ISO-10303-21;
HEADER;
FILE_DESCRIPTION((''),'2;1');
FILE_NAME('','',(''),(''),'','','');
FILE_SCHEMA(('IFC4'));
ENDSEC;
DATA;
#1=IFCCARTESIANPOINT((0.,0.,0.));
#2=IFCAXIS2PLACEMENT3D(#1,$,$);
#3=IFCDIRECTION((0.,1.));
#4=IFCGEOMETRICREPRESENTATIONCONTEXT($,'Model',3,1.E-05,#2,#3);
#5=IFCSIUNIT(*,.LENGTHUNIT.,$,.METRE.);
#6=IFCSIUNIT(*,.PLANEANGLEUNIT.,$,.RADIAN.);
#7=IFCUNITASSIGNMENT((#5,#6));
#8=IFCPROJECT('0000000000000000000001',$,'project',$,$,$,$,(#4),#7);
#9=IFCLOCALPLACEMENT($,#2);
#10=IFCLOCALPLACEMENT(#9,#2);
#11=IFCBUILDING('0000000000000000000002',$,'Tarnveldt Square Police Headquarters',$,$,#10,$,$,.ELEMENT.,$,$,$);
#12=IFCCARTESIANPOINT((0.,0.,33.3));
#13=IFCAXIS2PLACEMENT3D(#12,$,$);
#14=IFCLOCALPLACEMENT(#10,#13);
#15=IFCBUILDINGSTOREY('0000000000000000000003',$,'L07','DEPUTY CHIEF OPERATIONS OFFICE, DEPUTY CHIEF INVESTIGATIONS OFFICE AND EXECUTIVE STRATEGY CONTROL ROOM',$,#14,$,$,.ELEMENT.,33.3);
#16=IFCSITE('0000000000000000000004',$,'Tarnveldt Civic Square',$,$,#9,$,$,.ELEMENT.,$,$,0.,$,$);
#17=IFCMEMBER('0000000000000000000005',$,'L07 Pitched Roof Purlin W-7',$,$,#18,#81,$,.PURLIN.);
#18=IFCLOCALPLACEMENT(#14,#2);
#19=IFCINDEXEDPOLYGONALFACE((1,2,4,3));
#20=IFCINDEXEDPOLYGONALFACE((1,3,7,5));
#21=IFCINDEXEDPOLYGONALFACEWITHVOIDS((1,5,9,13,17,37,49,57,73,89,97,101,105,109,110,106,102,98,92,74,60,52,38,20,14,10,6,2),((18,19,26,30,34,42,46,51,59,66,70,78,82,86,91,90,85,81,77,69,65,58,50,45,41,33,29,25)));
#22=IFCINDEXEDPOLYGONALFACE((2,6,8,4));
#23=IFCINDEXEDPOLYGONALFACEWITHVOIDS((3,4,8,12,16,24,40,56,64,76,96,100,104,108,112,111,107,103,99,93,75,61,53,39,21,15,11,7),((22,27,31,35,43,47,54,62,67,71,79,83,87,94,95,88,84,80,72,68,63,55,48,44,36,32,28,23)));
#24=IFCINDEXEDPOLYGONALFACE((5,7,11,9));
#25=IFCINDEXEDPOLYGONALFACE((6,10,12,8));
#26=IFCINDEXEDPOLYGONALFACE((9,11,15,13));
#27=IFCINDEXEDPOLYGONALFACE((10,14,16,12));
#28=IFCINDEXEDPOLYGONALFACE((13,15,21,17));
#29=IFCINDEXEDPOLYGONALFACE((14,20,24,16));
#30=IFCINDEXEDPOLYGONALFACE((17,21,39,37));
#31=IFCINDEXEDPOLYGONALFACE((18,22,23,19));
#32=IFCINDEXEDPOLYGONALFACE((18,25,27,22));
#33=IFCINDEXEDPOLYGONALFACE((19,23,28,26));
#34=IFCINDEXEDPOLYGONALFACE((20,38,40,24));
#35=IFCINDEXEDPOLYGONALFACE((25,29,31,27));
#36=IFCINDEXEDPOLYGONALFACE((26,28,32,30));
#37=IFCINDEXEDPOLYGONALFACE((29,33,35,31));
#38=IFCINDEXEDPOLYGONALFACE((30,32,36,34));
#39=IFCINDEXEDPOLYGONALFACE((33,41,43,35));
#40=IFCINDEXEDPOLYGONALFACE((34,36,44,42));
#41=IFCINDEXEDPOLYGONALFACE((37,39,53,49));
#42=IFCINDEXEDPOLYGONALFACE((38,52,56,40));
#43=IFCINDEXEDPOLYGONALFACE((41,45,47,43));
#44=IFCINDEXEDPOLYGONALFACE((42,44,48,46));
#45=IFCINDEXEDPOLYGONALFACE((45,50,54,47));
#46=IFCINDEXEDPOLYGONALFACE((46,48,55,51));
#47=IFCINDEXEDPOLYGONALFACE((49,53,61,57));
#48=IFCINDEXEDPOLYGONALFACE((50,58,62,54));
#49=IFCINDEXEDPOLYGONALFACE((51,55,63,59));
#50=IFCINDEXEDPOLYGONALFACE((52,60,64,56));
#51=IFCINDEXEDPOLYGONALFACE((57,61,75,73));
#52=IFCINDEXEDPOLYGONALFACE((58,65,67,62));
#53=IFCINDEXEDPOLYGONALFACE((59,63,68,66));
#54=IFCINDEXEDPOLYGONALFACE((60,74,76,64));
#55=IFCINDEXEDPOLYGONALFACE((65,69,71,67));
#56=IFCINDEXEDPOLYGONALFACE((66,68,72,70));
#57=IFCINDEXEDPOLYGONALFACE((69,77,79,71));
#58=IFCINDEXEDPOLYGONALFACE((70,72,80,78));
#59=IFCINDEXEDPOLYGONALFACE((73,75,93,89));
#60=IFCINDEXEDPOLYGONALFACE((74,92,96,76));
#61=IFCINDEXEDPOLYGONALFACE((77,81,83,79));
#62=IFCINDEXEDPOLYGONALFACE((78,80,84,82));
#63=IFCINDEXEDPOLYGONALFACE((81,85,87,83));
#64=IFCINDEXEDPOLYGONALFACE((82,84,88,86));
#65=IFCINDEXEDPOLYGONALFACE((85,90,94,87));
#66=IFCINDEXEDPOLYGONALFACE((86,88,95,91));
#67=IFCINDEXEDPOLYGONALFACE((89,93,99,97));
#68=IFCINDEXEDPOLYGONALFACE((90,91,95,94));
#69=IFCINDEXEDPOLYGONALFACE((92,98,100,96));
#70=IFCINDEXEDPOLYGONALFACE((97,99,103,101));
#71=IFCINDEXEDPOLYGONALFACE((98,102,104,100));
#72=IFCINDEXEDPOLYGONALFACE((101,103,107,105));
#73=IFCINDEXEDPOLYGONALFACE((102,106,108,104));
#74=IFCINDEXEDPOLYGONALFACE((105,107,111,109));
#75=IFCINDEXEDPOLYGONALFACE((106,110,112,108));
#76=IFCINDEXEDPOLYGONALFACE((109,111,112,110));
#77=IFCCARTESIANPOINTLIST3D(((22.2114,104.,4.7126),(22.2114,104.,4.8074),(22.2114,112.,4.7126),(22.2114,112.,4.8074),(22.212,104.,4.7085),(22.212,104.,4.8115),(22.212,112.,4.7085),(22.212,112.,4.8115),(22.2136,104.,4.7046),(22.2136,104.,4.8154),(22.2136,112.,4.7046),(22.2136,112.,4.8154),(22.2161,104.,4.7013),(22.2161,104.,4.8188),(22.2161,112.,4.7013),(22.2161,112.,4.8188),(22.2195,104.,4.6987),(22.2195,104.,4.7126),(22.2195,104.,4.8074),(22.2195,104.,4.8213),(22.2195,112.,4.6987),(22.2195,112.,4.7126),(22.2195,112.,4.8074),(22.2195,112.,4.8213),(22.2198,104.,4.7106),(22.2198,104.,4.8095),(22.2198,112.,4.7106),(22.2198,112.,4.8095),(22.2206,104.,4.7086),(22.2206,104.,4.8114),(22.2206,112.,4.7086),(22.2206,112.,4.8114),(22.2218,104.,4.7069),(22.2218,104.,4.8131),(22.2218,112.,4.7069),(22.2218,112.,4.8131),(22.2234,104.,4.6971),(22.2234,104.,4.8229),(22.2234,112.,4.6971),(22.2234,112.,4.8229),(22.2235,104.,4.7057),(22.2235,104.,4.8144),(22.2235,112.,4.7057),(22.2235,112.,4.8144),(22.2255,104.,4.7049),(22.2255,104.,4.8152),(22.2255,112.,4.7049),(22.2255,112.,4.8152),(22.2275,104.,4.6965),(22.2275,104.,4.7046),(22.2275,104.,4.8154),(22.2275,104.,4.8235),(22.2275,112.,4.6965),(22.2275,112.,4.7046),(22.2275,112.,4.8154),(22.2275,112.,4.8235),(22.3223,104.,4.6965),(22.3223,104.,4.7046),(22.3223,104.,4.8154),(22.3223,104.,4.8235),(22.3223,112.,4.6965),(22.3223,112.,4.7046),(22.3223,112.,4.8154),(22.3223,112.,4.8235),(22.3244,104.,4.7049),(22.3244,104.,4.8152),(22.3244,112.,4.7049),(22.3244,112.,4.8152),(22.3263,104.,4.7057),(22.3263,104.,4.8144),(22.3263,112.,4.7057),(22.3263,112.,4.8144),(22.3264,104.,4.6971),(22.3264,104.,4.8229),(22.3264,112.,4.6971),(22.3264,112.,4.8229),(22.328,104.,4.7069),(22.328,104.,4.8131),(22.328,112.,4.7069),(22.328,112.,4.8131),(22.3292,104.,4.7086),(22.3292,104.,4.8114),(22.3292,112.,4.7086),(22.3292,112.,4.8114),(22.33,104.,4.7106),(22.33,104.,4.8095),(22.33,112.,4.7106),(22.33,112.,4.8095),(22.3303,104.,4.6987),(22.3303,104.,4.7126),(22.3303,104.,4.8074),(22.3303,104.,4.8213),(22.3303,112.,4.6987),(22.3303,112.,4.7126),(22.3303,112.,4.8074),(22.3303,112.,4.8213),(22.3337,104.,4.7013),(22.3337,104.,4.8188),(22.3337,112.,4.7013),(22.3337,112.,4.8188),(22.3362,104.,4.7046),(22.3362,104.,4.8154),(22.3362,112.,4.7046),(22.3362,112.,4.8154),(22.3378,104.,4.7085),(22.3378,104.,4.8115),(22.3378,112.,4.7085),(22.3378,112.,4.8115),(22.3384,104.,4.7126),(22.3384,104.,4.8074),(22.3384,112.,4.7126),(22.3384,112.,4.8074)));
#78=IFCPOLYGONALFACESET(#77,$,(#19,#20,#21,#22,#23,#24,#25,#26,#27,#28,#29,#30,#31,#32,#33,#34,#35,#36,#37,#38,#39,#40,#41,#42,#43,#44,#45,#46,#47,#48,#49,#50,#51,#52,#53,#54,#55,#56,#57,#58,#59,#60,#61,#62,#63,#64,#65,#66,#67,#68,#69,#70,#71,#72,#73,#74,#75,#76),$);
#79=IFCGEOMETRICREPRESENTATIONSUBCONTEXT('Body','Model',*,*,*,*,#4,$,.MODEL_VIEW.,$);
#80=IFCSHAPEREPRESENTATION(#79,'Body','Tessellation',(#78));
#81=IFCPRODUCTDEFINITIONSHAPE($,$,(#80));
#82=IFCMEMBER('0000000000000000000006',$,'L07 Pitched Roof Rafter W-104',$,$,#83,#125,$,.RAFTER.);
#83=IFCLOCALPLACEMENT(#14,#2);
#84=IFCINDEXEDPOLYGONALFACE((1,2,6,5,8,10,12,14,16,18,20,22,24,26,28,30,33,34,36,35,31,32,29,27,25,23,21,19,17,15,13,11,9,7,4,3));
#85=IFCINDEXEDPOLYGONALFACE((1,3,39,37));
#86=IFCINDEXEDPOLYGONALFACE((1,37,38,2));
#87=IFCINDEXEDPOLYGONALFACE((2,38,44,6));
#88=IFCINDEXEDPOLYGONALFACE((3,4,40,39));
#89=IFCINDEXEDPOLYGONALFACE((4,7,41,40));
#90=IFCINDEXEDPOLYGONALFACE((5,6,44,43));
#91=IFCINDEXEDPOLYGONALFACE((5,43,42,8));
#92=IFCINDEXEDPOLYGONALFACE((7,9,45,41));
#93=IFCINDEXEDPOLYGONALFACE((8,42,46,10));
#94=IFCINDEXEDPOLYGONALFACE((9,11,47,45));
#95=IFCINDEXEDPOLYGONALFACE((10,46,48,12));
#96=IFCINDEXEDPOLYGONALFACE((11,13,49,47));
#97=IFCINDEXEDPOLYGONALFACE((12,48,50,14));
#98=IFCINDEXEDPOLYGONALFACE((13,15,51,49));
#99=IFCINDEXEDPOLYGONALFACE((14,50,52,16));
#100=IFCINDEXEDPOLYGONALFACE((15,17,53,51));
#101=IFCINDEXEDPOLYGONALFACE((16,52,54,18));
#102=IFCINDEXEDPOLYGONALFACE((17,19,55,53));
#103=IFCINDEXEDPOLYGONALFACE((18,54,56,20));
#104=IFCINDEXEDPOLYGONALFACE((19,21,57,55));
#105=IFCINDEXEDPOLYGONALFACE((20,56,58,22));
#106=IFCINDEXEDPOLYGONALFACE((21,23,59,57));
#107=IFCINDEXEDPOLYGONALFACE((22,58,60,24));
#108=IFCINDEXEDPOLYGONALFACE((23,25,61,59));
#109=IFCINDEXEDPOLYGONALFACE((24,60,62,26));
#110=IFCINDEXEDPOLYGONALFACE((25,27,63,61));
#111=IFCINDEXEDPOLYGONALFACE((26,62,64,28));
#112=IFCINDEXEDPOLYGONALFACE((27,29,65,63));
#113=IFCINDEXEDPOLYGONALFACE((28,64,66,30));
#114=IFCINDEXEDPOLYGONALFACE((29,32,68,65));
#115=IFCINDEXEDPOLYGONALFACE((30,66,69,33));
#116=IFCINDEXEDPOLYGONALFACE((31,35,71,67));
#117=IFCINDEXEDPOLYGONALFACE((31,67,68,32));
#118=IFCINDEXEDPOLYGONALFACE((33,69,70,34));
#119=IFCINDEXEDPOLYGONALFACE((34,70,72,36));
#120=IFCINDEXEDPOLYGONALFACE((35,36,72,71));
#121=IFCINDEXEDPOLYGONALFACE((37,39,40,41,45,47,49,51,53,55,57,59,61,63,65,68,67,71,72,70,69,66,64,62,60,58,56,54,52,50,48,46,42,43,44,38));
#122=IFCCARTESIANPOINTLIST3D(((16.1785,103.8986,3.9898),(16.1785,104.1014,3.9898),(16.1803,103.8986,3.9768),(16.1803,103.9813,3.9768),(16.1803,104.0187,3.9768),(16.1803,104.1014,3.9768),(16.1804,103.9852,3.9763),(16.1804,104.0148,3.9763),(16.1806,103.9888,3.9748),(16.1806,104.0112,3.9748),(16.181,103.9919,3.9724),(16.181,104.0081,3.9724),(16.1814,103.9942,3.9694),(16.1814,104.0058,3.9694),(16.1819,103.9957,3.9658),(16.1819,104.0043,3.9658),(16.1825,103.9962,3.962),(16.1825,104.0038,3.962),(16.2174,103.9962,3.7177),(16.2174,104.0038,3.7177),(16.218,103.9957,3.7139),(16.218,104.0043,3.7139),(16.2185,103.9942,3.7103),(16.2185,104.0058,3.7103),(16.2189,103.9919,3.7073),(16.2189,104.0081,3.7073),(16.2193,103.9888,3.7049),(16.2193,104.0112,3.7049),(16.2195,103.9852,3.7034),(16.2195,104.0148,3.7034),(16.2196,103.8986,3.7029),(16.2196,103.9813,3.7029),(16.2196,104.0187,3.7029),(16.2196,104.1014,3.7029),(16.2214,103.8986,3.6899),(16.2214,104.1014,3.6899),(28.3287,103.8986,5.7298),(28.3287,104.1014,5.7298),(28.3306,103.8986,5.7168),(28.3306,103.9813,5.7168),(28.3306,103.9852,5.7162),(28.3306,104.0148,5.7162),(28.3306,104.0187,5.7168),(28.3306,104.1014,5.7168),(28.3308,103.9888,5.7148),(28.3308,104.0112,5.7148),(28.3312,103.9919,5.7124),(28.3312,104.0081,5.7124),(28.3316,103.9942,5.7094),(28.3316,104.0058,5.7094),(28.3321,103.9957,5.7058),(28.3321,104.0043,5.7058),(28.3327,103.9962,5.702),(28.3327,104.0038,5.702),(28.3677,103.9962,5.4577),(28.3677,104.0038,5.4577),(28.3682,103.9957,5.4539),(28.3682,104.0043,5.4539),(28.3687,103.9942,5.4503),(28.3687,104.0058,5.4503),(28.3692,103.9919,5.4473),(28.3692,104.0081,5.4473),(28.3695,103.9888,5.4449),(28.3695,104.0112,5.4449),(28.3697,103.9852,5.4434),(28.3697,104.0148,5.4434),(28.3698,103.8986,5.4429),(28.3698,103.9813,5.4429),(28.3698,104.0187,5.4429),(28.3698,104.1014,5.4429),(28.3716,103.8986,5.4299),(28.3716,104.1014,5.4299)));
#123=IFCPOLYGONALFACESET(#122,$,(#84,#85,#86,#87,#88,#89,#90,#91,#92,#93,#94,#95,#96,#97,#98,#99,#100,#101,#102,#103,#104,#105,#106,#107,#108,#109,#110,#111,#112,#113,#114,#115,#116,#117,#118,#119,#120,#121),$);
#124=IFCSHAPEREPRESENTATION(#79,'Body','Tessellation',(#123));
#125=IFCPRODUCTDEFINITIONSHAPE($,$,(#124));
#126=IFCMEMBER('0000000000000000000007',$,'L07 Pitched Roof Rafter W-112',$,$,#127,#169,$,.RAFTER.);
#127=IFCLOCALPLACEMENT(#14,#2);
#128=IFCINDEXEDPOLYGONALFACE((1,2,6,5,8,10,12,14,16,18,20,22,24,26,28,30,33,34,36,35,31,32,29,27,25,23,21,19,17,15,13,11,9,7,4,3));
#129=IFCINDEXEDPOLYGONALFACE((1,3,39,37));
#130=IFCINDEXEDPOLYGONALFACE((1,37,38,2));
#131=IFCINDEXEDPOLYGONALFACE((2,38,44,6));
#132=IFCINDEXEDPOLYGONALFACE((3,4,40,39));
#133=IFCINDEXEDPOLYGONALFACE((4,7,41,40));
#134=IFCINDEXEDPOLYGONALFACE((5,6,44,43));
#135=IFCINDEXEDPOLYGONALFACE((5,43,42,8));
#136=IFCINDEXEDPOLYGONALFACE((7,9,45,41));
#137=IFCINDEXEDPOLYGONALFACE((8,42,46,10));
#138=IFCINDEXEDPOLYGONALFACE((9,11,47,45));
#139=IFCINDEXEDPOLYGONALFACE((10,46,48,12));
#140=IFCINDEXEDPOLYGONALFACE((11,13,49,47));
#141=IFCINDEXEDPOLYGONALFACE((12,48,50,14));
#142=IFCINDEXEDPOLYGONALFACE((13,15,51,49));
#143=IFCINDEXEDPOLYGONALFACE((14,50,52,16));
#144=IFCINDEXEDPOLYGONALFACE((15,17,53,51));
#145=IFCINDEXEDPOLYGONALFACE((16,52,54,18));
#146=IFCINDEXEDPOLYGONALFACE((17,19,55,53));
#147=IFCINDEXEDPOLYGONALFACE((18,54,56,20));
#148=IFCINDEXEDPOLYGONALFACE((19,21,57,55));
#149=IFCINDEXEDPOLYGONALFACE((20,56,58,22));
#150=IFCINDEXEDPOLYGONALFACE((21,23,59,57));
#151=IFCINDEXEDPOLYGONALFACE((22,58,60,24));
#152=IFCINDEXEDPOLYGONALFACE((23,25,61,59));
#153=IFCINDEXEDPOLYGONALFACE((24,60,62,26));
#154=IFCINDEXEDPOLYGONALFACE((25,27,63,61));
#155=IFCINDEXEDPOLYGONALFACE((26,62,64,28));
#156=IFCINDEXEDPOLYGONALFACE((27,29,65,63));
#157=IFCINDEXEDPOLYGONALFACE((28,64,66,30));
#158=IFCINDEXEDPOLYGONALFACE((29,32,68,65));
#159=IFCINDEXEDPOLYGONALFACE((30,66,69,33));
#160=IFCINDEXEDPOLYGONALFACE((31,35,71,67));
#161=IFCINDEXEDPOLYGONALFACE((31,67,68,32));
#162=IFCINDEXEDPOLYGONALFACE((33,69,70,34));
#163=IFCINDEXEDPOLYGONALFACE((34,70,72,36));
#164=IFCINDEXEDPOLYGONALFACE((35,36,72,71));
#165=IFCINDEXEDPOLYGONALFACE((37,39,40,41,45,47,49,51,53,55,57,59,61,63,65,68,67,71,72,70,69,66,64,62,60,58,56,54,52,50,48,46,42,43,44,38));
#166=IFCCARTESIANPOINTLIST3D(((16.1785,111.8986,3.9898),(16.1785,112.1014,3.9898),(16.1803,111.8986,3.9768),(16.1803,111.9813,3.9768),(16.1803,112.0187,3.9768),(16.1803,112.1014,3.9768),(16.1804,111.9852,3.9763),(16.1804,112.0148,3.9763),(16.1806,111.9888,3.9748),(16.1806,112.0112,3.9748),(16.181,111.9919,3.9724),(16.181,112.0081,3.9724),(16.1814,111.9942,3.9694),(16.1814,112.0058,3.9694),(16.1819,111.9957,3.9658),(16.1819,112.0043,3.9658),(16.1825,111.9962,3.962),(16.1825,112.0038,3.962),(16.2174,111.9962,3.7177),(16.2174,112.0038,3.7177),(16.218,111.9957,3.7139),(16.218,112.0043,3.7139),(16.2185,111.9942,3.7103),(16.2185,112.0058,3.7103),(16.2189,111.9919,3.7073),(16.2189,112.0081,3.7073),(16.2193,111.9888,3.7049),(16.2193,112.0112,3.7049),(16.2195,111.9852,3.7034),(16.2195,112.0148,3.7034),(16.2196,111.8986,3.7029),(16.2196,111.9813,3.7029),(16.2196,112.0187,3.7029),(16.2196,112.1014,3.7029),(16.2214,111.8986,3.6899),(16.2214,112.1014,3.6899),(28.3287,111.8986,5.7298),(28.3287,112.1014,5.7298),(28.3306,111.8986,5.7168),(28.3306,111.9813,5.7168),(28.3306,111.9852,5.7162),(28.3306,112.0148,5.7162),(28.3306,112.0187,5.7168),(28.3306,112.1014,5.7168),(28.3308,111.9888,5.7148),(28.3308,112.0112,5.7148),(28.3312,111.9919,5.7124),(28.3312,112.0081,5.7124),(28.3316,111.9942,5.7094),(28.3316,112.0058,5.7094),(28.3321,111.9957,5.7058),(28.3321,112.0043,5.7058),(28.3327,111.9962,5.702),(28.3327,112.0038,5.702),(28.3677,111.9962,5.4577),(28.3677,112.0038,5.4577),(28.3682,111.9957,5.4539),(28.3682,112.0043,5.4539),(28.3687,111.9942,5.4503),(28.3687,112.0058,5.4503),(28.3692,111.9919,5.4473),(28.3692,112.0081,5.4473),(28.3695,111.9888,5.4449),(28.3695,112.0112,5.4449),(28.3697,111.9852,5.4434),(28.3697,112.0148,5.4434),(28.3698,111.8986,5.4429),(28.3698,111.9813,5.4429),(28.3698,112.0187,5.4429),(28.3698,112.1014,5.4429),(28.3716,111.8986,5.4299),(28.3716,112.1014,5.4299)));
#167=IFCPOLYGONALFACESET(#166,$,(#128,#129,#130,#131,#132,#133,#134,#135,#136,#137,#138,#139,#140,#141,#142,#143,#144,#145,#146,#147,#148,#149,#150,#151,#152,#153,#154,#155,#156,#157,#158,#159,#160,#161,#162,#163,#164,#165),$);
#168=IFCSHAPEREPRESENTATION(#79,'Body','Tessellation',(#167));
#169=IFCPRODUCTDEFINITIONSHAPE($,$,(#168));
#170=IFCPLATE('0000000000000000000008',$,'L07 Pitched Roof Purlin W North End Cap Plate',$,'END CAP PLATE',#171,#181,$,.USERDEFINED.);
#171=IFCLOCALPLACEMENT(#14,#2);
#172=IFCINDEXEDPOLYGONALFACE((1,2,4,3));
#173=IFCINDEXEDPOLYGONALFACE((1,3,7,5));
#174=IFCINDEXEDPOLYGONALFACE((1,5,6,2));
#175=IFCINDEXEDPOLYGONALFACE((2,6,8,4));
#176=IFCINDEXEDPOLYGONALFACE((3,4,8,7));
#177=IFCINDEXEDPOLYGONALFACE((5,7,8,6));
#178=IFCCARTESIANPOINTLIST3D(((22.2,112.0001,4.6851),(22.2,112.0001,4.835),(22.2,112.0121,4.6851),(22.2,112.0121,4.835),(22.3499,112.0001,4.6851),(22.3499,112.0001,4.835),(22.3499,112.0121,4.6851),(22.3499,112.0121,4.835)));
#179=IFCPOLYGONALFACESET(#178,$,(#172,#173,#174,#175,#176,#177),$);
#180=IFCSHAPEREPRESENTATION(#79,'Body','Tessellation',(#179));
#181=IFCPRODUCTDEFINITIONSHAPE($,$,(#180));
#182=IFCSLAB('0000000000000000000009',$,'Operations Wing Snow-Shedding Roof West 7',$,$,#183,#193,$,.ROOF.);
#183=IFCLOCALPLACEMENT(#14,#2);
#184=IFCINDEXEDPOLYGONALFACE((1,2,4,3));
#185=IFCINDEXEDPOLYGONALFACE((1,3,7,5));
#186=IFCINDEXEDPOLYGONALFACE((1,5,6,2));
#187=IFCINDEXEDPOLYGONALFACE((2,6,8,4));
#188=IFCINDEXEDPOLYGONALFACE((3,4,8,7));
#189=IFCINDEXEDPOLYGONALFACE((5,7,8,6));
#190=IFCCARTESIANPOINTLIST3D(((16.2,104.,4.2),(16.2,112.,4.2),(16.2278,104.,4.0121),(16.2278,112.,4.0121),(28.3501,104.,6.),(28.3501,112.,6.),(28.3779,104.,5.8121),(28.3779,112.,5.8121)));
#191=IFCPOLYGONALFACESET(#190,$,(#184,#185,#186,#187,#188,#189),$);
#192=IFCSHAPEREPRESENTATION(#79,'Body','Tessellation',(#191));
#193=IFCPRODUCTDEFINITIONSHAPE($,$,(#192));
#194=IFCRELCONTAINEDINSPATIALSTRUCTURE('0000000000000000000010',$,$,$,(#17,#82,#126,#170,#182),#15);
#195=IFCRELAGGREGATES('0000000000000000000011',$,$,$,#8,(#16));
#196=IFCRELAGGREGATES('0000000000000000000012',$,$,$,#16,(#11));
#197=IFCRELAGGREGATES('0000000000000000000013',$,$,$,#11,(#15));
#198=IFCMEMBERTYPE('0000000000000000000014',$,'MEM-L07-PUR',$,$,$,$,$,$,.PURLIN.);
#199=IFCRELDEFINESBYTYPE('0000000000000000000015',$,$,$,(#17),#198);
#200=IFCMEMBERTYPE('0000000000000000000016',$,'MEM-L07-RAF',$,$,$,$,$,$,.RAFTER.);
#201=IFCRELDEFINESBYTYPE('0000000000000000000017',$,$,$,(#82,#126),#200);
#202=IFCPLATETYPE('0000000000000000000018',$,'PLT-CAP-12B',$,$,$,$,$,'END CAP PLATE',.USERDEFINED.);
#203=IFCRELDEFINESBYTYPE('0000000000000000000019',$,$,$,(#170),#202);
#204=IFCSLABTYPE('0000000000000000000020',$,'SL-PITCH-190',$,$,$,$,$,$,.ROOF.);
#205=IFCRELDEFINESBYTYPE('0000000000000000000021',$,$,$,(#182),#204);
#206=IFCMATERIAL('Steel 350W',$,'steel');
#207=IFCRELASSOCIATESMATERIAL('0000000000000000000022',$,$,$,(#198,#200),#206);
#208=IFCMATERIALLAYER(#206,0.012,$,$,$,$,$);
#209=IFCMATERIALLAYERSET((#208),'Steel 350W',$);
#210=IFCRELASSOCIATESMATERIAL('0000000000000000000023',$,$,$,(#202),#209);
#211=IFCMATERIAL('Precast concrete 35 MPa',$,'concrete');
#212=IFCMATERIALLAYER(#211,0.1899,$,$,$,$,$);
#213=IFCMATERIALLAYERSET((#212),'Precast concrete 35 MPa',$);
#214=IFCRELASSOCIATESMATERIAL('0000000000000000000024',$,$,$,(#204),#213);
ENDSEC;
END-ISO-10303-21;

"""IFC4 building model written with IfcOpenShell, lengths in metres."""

from ifc_helpers import new_model, si_unit, direction, frame, origin, origin_2d, place, context, subcontext, project, spatial, polyline, rectangle, hollow_rectangle, i_section, outline, extrude, material, layer, layer_set, material_profile, profile_set, type_object, element, save


model = new_model("IFC4")

# Units and contexts
model_context = context("Model", 3, precision=1e-05, world=origin(), true_north=direction((0.0, 1.0)))
body_context = subcontext(model_context, "Body", "Model", "MODEL_VIEW")
ifc_project = project(units=[si_unit("LENGTHUNIT", "METRE"), si_unit("PLANEANGLEUNIT", "RADIAN")], contexts=[model_context])

# Site, building, storey
site_placement = place(None, origin())
site = spatial("IfcSite", under=ifc_project, at=site_placement, Name="Tarnveldt Civic Square", CompositionType="ELEMENT", RefElevation=0.0)
building_placement = place(site_placement, origin())
building = spatial("IfcBuilding", under=site, at=building_placement, Name="Tarnveldt Square Police Headquarters", CompositionType="ELEMENT")
storey_placement = place(building_placement, frame((0.0, 0.0, 33.3)))
storey = spatial("IfcBuildingStorey", under=building, at=storey_placement, Name="L07", Description="DEPUTY CHIEF OPERATIONS OFFICE, DEPUTY CHIEF INVESTIGATIONS OFFICE AND EXECUTIVE STRATEGY CONTROL ROOM", CompositionType="ELEMENT", Elevation=33.3)

# Shared definitions
ifc_material_1 = material(Name="Steel 350W", Category="steel")

# Members
ifc_material_profile_1 = material_profile(ifc_material_1, hollow_rectangle(XDim=0.127, YDim=0.127, WallThickness=0.0081, InnerFilletRadius=0.0081, OuterFilletRadius=0.0161, at=origin_2d()), Name="HSS127x127x8.0")
ifc_profile_set_1 = profile_set([ifc_material_profile_1], Name="Steel 350W")
member_type_1 = type_object("IfcMemberType", Name="MEM-L07-PUR", PredefinedType="PURLIN", material=ifc_profile_set_1)
member_placement = place(storey_placement, frame((22.2749, 104.0, 4.76), z_axis=(0.0, 1.0, 0.0), x_axis=(-1.0, 0.0, 0.0)))
element("IfcMember", 1, at=member_placement, inside=storey, type_object=member_type_1, Name="L07 Pitched Roof Purlin W-7", PredefinedType="PURLIN", context=body_context, shape_type="SweptSolid", body=[
    extrude(hollow_rectangle(XDim=0.127, YDim=0.127, WallThickness=0.0081, InnerFilletRadius=0.0081, OuterFilletRadius=0.0161, at=origin_2d()), origin(), (0.0, 0.0, 1.0), 8.0),
])
ifc_material_profile_2 = material_profile(ifc_material_1, i_section(OverallWidth=0.2029, OverallDepth=0.303, WebThickness=0.0076, FlangeThickness=0.0132, FilletRadius=0.0149, at=origin_2d()), Name="W310x60")
ifc_profile_set_2 = profile_set([ifc_material_profile_2], Name="Steel 350W")
member_type_2 = type_object("IfcMemberType", Name="MEM-L07-RAF", PredefinedType="RAFTER", material=ifc_profile_set_2)
for number, where, z_axis, x_axis, name in (
    (2, (16.2, 104.0, 3.8398), (0.989901, 0.0, 0.141761), (0.0, 1.0, 0.0), "L07 Pitched Roof Rafter W-104"),
    (3, (16.2, 112.0, 3.8398), (0.989901, 0.0, 0.141761), (0.0, 1.0, 0.0), "L07 Pitched Roof Rafter W-112"),
):
    element("IfcMember", number, at=place(storey_placement, frame(where, z_axis=z_axis, x_axis=x_axis)), inside=storey, type_object=member_type_2, Name=name, PredefinedType="RAFTER", context=body_context, shape_type="SweptSolid", body=[
        extrude(i_section(OverallWidth=0.2029, OverallDepth=0.303, WebThickness=0.0076, FlangeThickness=0.0132, FilletRadius=0.0149, at=origin_2d()), origin(), (0.0, 0.0, 1.0), 12.2742),
    ])

# Plate
ifc_layer_1 = layer(ifc_material_1, 0.012)
ifc_layer_set_1 = layer_set([ifc_layer_1], Name="Steel 350W")
plate_type = type_object("IfcPlateType", Name="PLT-CAP-12B", ElementType="END CAP PLATE", PredefinedType="USERDEFINED", material=ifc_layer_set_1)
plate_placement = place(storey_placement, frame((22.2749, 112.0061, 4.6851), z_axis=(0.0, 0.0, 1.0), x_axis=(1.0, 0.0, 0.0)))
element("IfcPlate", 4, at=plate_placement, inside=storey, type_object=plate_type, Name="L07 Pitched Roof Purlin W North End Cap Plate", ObjectType="END CAP PLATE", PredefinedType="USERDEFINED", context=body_context, shape_type="SweptSolid", body=[
    extrude(rectangle(XDim=0.1499, YDim=0.012, at=origin_2d()), origin(), (0.0, 0.0, 1.0), 0.1499),
])

# Slab
ifc_material_2 = material(Name="Precast concrete 35 MPa", Category="concrete")
ifc_layer_2 = layer(ifc_material_2, 0.1899)
ifc_layer_set_2 = layer_set([ifc_layer_2], Name="Precast concrete 35 MPa")
slab_type = type_object("IfcSlabType", Name="SL-PITCH-190", PredefinedType="ROOF", material=ifc_layer_set_2)
slab_placement = place(storey_placement, frame((16.2, 104.0, 4.2), z_axis=(-0.146551, 0.0, 0.989203), x_axis=(0.0, 1.0, 0.0)))
element("IfcSlab", 5, at=slab_placement, inside=storey, type_object=slab_type, Name="Operations Wing Snow-Shedding Roof West 7", PredefinedType="ROOF", context=body_context, shape_type="SweptSolid", body=[
    extrude(outline(polyline([(0.0, 0.0), (8.0, 0.0), (8.0, -12.2828), (0.0, -12.2828), (0.0, 0.0)])), origin(), (0.0, 0.0, -1.0), 0.1899),
])

save(model, "model.ifc")
